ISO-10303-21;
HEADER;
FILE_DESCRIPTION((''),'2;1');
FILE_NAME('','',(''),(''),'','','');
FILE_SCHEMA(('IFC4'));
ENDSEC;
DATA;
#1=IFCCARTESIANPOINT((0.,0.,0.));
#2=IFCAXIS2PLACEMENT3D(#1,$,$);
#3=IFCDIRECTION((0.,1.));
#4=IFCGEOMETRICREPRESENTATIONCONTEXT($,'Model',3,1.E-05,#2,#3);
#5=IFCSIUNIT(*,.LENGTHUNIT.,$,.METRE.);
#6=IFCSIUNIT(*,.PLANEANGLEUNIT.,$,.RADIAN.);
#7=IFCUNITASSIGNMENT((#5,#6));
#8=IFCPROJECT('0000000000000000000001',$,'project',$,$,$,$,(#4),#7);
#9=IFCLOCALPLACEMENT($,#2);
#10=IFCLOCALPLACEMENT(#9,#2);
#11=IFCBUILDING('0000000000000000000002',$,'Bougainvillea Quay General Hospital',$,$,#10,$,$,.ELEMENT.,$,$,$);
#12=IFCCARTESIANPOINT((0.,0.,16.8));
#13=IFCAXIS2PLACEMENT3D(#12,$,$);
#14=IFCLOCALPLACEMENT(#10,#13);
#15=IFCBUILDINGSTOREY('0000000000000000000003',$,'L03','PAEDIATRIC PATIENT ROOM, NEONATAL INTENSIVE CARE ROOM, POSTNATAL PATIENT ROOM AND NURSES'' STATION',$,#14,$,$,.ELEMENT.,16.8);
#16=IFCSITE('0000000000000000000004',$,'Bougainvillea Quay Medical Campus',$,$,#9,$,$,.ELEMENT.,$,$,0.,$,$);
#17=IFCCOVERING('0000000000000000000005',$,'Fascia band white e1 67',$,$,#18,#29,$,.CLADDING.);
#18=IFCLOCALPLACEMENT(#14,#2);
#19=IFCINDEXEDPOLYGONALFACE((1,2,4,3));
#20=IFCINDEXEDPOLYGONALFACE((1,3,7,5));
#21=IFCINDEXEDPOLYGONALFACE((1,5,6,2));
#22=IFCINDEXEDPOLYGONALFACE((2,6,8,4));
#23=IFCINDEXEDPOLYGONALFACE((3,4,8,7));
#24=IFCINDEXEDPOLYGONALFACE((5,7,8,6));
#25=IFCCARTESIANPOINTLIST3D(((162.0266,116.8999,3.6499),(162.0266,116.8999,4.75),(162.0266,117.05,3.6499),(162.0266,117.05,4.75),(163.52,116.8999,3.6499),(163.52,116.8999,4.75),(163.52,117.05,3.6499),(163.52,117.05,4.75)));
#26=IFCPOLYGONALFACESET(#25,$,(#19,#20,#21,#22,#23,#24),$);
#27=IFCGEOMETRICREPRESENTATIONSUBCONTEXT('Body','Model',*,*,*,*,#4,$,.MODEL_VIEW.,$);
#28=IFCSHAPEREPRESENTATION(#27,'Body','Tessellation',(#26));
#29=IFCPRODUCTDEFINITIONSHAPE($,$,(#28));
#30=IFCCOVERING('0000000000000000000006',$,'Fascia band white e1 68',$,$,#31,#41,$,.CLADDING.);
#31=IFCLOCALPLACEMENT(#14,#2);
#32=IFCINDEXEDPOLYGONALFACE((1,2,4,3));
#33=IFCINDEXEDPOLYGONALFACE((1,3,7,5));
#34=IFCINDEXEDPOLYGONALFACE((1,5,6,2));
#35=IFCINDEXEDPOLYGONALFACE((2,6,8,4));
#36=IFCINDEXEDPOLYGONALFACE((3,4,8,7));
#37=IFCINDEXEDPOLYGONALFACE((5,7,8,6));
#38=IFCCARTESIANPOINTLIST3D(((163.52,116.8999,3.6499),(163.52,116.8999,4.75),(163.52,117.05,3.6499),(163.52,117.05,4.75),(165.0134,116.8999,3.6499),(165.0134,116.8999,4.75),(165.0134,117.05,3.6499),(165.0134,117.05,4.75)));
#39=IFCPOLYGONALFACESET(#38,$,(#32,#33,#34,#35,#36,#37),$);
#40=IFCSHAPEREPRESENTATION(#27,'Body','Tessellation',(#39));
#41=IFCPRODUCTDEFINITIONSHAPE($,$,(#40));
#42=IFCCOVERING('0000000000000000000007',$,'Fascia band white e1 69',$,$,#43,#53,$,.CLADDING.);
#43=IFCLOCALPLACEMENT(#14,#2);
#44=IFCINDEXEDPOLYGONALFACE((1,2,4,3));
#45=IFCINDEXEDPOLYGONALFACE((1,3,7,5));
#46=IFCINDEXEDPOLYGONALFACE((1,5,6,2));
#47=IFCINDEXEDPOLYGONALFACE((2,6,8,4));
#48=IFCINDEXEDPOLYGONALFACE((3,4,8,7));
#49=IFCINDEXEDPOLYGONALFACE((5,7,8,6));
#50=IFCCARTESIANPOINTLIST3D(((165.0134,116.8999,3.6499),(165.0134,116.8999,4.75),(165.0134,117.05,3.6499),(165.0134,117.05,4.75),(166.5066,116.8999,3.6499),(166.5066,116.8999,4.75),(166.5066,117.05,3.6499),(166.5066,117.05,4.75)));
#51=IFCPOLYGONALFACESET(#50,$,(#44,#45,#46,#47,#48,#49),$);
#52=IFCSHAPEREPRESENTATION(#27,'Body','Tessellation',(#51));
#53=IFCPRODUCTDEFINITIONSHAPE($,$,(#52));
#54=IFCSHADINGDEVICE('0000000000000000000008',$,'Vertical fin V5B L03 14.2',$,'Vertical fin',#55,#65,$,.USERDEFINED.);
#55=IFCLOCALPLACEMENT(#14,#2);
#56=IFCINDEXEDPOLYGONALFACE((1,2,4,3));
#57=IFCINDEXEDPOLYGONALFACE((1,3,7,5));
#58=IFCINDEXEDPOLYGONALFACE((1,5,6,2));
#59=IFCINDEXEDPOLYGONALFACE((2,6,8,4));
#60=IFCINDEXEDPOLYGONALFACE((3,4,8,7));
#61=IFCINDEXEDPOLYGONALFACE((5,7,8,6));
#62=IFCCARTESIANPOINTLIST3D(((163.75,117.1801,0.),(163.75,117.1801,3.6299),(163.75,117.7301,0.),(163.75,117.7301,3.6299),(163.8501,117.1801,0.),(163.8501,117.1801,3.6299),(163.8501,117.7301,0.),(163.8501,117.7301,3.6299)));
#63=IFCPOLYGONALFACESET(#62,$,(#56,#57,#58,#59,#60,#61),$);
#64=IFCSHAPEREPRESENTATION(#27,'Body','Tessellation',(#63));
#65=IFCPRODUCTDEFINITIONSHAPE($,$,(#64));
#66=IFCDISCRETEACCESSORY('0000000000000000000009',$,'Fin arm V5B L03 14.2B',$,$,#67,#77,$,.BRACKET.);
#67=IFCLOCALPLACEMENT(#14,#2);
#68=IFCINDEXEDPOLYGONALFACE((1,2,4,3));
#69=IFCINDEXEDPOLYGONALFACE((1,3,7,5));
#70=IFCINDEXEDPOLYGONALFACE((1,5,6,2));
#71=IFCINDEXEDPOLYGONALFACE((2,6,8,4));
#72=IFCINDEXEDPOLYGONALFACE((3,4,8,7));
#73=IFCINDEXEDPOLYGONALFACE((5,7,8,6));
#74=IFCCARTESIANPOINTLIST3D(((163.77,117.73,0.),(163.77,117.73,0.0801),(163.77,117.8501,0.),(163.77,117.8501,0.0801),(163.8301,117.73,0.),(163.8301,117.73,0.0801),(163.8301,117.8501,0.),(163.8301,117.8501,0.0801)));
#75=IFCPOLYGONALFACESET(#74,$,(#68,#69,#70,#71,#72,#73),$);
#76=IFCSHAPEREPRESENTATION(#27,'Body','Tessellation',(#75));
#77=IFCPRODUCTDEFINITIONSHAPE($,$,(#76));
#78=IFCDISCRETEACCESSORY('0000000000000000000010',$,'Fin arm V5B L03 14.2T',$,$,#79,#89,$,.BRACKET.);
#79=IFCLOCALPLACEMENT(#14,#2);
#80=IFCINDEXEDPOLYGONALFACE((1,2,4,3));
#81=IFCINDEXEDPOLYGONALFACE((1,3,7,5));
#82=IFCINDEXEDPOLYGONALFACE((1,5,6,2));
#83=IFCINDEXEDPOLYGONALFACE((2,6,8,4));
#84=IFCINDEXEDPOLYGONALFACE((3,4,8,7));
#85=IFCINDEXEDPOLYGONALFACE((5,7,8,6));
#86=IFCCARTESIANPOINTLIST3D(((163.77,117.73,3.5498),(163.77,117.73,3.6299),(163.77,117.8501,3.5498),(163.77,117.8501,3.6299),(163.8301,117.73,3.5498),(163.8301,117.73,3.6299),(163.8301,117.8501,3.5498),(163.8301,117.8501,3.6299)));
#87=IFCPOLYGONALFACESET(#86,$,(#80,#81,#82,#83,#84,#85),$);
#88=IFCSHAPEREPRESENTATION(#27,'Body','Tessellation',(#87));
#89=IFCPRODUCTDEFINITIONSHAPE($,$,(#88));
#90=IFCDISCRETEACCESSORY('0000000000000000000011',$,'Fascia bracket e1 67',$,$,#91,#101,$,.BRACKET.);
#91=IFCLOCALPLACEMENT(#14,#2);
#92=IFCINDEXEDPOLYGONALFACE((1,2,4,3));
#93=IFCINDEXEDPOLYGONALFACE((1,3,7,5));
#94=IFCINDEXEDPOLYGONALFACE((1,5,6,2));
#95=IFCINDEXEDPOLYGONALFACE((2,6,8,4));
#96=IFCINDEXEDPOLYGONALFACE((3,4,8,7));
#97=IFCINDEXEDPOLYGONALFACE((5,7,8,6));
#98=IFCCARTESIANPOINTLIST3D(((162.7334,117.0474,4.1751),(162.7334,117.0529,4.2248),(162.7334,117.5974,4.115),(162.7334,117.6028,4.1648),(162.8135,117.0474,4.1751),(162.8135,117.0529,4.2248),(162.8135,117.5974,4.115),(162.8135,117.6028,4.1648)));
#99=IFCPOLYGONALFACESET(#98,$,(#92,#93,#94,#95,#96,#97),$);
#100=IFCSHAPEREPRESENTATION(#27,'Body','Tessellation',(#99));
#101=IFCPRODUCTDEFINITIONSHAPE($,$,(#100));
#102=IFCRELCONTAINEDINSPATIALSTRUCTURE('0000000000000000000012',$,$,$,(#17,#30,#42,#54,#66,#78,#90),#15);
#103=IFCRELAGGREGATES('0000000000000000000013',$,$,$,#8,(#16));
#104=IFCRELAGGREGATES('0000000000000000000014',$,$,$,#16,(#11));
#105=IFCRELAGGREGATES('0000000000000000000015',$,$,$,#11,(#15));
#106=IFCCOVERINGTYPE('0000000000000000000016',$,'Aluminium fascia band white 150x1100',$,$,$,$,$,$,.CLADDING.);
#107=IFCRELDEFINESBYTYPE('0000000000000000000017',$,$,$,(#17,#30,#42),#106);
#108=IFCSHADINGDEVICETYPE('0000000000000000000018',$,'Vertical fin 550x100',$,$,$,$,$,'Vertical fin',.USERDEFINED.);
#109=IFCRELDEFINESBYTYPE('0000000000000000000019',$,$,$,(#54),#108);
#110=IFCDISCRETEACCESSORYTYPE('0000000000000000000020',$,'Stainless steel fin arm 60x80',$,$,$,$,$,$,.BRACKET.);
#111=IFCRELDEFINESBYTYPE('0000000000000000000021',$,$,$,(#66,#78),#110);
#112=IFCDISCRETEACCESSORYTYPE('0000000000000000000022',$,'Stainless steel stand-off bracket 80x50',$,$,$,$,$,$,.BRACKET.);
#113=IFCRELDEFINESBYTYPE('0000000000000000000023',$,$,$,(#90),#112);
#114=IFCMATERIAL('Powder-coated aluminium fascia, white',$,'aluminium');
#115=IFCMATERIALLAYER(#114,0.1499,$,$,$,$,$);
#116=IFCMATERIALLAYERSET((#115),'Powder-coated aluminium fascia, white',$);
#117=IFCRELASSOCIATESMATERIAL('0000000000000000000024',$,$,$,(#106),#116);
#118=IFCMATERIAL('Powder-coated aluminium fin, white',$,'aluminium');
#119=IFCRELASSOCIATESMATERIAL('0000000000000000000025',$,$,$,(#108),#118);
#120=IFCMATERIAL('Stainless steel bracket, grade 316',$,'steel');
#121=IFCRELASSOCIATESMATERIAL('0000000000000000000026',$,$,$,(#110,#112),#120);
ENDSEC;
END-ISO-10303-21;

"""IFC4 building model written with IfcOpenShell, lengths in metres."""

from ifc_helpers import new_model, si_unit, direction, frame, origin, origin_2d, place, context, subcontext, project, spatial, polyline, rectangle, outline, extrude, material, layer, layer_set, material_profile, profile_set, type_object, element, save


model = new_model("IFC4")

# Units and contexts
model_context = context("Model", 3, precision=1e-05, world=origin(), true_north=direction((0.0, 1.0)))
body_context = subcontext(model_context, "Body", "Model", "MODEL_VIEW")
ifc_project = project(units=[si_unit("LENGTHUNIT", "METRE"), si_unit("PLANEANGLEUNIT", "RADIAN")], contexts=[model_context])

# Site, building, storey
site_placement = place(None, origin())
site = spatial("IfcSite", under=ifc_project, at=site_placement, Name="Bougainvillea Quay Medical Campus", CompositionType="ELEMENT", RefElevation=0.0)
building_placement = place(site_placement, origin())
building = spatial("IfcBuilding", under=site, at=building_placement, Name="Bougainvillea Quay General Hospital", CompositionType="ELEMENT")
storey_placement = place(building_placement, frame((0.0, 0.0, 16.8)))
storey = spatial("IfcBuildingStorey", under=building, at=storey_placement, Name="L03", Description="PAEDIATRIC PATIENT ROOM, NEONATAL INTENSIVE CARE ROOM, POSTNATAL PATIENT ROOM AND NURSES' STATION", CompositionType="ELEMENT", Elevation=16.8)

# Coverings
ifc_material_1 = material(Name="Powder-coated aluminium fascia, white", Category="aluminium")
ifc_layer_1 = layer(ifc_material_1, 0.1499)
ifc_layer_set_1 = layer_set([ifc_layer_1], Name="Powder-coated aluminium fascia, white")
covering_type = type_object("IfcCoveringType", Name="Aluminium fascia band white 150x1100", PredefinedType="CLADDING", material=ifc_layer_set_1)
for number, where, z_axis, x_axis, name in (
    (1, (162.0266, 117.05, 3.6499), (0.0, 0.0, 1.0), (1.0, 0.0, 0.0), "Fascia band white e1 67"),
    (2, (163.52, 117.05, 3.6499), (0.0, 0.0, 1.0), (1.0, 0.0, 0.0), "Fascia band white e1 68"),
):
    element("IfcCovering", number, at=place(storey_placement, frame(where, z_axis=z_axis, x_axis=x_axis)), inside=storey, type_object=covering_type, Name=name, PredefinedType="CLADDING", context=body_context, shape_type="SweptSolid", body=[
        extrude(outline(polyline([(0.0, 0.0), (1.4934, 0.0), (1.4934, -0.1501), (0.0, -0.1501), (0.0, 0.0)])), origin(), (0.0, 0.0, 1.0), 1.1001),
    ])
covering_placement = place(storey_placement, frame((165.0134, 117.05, 3.6499), z_axis=(0.0, 0.0, 1.0), x_axis=(1.0, 0.0, 0.0)))
element("IfcCovering", 3, at=covering_placement, inside=storey, type_object=covering_type, Name="Fascia band white e1 69", PredefinedType="CLADDING", context=body_context, shape_type="SweptSolid", body=[
    extrude(outline(polyline([(0.0, 0.0), (1.4932, 0.0), (1.4932, -0.1501), (0.0, -0.1501), (0.0, 0.0)])), origin(), (0.0, 0.0, 1.0), 1.1001),
])

# Shading device
ifc_material_2 = material(Name="Powder-coated aluminium fin, white", Category="aluminium")
ifc_material_profile_1 = material_profile(ifc_material_2, rectangle(XDim=0.55, YDim=0.1001, at=origin_2d()))
ifc_profile_set_1 = profile_set([ifc_material_profile_1], Name="Powder-coated aluminium fin, white")
shading_device_type = type_object("IfcShadingDeviceType", Name="Vertical fin 550x100", ElementType="Vertical fin", PredefinedType="USERDEFINED", material=ifc_profile_set_1)
shading_device_placement = place(storey_placement, frame((163.8, 117.4551, 0.0), z_axis=(0.0, 0.0, 1.0), x_axis=(0.0, -1.0, 0.0)))
element("IfcShadingDevice", 4, at=shading_device_placement, inside=storey, type_object=shading_device_type, Name="Vertical fin V5B L03 14.2", ObjectType="Vertical fin", PredefinedType="USERDEFINED", context=body_context, shape_type="SweptSolid", body=[
    extrude(rectangle(XDim=0.55, YDim=0.1001, at=origin_2d()), origin(), (0.0, 0.0, 1.0), 3.6299),
])

# Discrete accessories
ifc_material_3 = material(Name="Stainless steel bracket, grade 316", Category="steel")
discrete_accessory_type_1 = type_object("IfcDiscreteAccessoryType", Name="Stainless steel fin arm 60x80", PredefinedType="BRACKET", material=ifc_material_3)
for number, where, z_axis, x_axis, name in (
    (5, (163.8, 117.79, 0.0), (0.0, 0.0, 1.0), (0.0, -1.0, 0.0), "Fin arm V5B L03 14.2B"),
    (6, (163.8, 117.79, 3.5498), (0.0, 0.0, 1.0), (0.0, -1.0, 0.0), "Fin arm V5B L03 14.2T"),
):
    element("IfcDiscreteAccessory", number, at=place(storey_placement, frame(where, z_axis=z_axis, x_axis=x_axis)), inside=storey, type_object=discrete_accessory_type_1, Name=name, PredefinedType="BRACKET", context=body_context, shape_type="SweptSolid", body=[
        extrude(rectangle(XDim=0.1201, YDim=0.0601, at=origin_2d()), origin(), (0.0, 0.0, 1.0), 0.0801),
    ])
ifc_material_profile_2 = material_profile(ifc_material_3, rectangle(XDim=0.0801, YDim=0.05, at=origin_2d()))
ifc_profile_set_2 = profile_set([ifc_material_profile_2], Name="Stainless steel bracket, grade 316")
discrete_accessory_type_2 = type_object("IfcDiscreteAccessoryType", Name="Stainless steel stand-off bracket 80x50", PredefinedType="BRACKET", material=ifc_profile_set_2)
discrete_accessory_placement = place(storey_placement, frame((162.7734, 117.6001, 4.1399), z_axis=(0.0, -0.994092, 0.108543), x_axis=(1.0, 0.0, 0.0)))
element("IfcDiscreteAccessory", 7, at=discrete_accessory_placement, inside=storey, type_object=discrete_accessory_type_2, Name="Fascia bracket e1 67", PredefinedType="BRACKET", context=body_context, shape_type="SweptSolid", body=[
    extrude(rectangle(XDim=0.0801, YDim=0.05, at=origin_2d()), origin(), (0.0, 0.0, 1.0), 0.5532),
])

save(model, "model.ifc")
